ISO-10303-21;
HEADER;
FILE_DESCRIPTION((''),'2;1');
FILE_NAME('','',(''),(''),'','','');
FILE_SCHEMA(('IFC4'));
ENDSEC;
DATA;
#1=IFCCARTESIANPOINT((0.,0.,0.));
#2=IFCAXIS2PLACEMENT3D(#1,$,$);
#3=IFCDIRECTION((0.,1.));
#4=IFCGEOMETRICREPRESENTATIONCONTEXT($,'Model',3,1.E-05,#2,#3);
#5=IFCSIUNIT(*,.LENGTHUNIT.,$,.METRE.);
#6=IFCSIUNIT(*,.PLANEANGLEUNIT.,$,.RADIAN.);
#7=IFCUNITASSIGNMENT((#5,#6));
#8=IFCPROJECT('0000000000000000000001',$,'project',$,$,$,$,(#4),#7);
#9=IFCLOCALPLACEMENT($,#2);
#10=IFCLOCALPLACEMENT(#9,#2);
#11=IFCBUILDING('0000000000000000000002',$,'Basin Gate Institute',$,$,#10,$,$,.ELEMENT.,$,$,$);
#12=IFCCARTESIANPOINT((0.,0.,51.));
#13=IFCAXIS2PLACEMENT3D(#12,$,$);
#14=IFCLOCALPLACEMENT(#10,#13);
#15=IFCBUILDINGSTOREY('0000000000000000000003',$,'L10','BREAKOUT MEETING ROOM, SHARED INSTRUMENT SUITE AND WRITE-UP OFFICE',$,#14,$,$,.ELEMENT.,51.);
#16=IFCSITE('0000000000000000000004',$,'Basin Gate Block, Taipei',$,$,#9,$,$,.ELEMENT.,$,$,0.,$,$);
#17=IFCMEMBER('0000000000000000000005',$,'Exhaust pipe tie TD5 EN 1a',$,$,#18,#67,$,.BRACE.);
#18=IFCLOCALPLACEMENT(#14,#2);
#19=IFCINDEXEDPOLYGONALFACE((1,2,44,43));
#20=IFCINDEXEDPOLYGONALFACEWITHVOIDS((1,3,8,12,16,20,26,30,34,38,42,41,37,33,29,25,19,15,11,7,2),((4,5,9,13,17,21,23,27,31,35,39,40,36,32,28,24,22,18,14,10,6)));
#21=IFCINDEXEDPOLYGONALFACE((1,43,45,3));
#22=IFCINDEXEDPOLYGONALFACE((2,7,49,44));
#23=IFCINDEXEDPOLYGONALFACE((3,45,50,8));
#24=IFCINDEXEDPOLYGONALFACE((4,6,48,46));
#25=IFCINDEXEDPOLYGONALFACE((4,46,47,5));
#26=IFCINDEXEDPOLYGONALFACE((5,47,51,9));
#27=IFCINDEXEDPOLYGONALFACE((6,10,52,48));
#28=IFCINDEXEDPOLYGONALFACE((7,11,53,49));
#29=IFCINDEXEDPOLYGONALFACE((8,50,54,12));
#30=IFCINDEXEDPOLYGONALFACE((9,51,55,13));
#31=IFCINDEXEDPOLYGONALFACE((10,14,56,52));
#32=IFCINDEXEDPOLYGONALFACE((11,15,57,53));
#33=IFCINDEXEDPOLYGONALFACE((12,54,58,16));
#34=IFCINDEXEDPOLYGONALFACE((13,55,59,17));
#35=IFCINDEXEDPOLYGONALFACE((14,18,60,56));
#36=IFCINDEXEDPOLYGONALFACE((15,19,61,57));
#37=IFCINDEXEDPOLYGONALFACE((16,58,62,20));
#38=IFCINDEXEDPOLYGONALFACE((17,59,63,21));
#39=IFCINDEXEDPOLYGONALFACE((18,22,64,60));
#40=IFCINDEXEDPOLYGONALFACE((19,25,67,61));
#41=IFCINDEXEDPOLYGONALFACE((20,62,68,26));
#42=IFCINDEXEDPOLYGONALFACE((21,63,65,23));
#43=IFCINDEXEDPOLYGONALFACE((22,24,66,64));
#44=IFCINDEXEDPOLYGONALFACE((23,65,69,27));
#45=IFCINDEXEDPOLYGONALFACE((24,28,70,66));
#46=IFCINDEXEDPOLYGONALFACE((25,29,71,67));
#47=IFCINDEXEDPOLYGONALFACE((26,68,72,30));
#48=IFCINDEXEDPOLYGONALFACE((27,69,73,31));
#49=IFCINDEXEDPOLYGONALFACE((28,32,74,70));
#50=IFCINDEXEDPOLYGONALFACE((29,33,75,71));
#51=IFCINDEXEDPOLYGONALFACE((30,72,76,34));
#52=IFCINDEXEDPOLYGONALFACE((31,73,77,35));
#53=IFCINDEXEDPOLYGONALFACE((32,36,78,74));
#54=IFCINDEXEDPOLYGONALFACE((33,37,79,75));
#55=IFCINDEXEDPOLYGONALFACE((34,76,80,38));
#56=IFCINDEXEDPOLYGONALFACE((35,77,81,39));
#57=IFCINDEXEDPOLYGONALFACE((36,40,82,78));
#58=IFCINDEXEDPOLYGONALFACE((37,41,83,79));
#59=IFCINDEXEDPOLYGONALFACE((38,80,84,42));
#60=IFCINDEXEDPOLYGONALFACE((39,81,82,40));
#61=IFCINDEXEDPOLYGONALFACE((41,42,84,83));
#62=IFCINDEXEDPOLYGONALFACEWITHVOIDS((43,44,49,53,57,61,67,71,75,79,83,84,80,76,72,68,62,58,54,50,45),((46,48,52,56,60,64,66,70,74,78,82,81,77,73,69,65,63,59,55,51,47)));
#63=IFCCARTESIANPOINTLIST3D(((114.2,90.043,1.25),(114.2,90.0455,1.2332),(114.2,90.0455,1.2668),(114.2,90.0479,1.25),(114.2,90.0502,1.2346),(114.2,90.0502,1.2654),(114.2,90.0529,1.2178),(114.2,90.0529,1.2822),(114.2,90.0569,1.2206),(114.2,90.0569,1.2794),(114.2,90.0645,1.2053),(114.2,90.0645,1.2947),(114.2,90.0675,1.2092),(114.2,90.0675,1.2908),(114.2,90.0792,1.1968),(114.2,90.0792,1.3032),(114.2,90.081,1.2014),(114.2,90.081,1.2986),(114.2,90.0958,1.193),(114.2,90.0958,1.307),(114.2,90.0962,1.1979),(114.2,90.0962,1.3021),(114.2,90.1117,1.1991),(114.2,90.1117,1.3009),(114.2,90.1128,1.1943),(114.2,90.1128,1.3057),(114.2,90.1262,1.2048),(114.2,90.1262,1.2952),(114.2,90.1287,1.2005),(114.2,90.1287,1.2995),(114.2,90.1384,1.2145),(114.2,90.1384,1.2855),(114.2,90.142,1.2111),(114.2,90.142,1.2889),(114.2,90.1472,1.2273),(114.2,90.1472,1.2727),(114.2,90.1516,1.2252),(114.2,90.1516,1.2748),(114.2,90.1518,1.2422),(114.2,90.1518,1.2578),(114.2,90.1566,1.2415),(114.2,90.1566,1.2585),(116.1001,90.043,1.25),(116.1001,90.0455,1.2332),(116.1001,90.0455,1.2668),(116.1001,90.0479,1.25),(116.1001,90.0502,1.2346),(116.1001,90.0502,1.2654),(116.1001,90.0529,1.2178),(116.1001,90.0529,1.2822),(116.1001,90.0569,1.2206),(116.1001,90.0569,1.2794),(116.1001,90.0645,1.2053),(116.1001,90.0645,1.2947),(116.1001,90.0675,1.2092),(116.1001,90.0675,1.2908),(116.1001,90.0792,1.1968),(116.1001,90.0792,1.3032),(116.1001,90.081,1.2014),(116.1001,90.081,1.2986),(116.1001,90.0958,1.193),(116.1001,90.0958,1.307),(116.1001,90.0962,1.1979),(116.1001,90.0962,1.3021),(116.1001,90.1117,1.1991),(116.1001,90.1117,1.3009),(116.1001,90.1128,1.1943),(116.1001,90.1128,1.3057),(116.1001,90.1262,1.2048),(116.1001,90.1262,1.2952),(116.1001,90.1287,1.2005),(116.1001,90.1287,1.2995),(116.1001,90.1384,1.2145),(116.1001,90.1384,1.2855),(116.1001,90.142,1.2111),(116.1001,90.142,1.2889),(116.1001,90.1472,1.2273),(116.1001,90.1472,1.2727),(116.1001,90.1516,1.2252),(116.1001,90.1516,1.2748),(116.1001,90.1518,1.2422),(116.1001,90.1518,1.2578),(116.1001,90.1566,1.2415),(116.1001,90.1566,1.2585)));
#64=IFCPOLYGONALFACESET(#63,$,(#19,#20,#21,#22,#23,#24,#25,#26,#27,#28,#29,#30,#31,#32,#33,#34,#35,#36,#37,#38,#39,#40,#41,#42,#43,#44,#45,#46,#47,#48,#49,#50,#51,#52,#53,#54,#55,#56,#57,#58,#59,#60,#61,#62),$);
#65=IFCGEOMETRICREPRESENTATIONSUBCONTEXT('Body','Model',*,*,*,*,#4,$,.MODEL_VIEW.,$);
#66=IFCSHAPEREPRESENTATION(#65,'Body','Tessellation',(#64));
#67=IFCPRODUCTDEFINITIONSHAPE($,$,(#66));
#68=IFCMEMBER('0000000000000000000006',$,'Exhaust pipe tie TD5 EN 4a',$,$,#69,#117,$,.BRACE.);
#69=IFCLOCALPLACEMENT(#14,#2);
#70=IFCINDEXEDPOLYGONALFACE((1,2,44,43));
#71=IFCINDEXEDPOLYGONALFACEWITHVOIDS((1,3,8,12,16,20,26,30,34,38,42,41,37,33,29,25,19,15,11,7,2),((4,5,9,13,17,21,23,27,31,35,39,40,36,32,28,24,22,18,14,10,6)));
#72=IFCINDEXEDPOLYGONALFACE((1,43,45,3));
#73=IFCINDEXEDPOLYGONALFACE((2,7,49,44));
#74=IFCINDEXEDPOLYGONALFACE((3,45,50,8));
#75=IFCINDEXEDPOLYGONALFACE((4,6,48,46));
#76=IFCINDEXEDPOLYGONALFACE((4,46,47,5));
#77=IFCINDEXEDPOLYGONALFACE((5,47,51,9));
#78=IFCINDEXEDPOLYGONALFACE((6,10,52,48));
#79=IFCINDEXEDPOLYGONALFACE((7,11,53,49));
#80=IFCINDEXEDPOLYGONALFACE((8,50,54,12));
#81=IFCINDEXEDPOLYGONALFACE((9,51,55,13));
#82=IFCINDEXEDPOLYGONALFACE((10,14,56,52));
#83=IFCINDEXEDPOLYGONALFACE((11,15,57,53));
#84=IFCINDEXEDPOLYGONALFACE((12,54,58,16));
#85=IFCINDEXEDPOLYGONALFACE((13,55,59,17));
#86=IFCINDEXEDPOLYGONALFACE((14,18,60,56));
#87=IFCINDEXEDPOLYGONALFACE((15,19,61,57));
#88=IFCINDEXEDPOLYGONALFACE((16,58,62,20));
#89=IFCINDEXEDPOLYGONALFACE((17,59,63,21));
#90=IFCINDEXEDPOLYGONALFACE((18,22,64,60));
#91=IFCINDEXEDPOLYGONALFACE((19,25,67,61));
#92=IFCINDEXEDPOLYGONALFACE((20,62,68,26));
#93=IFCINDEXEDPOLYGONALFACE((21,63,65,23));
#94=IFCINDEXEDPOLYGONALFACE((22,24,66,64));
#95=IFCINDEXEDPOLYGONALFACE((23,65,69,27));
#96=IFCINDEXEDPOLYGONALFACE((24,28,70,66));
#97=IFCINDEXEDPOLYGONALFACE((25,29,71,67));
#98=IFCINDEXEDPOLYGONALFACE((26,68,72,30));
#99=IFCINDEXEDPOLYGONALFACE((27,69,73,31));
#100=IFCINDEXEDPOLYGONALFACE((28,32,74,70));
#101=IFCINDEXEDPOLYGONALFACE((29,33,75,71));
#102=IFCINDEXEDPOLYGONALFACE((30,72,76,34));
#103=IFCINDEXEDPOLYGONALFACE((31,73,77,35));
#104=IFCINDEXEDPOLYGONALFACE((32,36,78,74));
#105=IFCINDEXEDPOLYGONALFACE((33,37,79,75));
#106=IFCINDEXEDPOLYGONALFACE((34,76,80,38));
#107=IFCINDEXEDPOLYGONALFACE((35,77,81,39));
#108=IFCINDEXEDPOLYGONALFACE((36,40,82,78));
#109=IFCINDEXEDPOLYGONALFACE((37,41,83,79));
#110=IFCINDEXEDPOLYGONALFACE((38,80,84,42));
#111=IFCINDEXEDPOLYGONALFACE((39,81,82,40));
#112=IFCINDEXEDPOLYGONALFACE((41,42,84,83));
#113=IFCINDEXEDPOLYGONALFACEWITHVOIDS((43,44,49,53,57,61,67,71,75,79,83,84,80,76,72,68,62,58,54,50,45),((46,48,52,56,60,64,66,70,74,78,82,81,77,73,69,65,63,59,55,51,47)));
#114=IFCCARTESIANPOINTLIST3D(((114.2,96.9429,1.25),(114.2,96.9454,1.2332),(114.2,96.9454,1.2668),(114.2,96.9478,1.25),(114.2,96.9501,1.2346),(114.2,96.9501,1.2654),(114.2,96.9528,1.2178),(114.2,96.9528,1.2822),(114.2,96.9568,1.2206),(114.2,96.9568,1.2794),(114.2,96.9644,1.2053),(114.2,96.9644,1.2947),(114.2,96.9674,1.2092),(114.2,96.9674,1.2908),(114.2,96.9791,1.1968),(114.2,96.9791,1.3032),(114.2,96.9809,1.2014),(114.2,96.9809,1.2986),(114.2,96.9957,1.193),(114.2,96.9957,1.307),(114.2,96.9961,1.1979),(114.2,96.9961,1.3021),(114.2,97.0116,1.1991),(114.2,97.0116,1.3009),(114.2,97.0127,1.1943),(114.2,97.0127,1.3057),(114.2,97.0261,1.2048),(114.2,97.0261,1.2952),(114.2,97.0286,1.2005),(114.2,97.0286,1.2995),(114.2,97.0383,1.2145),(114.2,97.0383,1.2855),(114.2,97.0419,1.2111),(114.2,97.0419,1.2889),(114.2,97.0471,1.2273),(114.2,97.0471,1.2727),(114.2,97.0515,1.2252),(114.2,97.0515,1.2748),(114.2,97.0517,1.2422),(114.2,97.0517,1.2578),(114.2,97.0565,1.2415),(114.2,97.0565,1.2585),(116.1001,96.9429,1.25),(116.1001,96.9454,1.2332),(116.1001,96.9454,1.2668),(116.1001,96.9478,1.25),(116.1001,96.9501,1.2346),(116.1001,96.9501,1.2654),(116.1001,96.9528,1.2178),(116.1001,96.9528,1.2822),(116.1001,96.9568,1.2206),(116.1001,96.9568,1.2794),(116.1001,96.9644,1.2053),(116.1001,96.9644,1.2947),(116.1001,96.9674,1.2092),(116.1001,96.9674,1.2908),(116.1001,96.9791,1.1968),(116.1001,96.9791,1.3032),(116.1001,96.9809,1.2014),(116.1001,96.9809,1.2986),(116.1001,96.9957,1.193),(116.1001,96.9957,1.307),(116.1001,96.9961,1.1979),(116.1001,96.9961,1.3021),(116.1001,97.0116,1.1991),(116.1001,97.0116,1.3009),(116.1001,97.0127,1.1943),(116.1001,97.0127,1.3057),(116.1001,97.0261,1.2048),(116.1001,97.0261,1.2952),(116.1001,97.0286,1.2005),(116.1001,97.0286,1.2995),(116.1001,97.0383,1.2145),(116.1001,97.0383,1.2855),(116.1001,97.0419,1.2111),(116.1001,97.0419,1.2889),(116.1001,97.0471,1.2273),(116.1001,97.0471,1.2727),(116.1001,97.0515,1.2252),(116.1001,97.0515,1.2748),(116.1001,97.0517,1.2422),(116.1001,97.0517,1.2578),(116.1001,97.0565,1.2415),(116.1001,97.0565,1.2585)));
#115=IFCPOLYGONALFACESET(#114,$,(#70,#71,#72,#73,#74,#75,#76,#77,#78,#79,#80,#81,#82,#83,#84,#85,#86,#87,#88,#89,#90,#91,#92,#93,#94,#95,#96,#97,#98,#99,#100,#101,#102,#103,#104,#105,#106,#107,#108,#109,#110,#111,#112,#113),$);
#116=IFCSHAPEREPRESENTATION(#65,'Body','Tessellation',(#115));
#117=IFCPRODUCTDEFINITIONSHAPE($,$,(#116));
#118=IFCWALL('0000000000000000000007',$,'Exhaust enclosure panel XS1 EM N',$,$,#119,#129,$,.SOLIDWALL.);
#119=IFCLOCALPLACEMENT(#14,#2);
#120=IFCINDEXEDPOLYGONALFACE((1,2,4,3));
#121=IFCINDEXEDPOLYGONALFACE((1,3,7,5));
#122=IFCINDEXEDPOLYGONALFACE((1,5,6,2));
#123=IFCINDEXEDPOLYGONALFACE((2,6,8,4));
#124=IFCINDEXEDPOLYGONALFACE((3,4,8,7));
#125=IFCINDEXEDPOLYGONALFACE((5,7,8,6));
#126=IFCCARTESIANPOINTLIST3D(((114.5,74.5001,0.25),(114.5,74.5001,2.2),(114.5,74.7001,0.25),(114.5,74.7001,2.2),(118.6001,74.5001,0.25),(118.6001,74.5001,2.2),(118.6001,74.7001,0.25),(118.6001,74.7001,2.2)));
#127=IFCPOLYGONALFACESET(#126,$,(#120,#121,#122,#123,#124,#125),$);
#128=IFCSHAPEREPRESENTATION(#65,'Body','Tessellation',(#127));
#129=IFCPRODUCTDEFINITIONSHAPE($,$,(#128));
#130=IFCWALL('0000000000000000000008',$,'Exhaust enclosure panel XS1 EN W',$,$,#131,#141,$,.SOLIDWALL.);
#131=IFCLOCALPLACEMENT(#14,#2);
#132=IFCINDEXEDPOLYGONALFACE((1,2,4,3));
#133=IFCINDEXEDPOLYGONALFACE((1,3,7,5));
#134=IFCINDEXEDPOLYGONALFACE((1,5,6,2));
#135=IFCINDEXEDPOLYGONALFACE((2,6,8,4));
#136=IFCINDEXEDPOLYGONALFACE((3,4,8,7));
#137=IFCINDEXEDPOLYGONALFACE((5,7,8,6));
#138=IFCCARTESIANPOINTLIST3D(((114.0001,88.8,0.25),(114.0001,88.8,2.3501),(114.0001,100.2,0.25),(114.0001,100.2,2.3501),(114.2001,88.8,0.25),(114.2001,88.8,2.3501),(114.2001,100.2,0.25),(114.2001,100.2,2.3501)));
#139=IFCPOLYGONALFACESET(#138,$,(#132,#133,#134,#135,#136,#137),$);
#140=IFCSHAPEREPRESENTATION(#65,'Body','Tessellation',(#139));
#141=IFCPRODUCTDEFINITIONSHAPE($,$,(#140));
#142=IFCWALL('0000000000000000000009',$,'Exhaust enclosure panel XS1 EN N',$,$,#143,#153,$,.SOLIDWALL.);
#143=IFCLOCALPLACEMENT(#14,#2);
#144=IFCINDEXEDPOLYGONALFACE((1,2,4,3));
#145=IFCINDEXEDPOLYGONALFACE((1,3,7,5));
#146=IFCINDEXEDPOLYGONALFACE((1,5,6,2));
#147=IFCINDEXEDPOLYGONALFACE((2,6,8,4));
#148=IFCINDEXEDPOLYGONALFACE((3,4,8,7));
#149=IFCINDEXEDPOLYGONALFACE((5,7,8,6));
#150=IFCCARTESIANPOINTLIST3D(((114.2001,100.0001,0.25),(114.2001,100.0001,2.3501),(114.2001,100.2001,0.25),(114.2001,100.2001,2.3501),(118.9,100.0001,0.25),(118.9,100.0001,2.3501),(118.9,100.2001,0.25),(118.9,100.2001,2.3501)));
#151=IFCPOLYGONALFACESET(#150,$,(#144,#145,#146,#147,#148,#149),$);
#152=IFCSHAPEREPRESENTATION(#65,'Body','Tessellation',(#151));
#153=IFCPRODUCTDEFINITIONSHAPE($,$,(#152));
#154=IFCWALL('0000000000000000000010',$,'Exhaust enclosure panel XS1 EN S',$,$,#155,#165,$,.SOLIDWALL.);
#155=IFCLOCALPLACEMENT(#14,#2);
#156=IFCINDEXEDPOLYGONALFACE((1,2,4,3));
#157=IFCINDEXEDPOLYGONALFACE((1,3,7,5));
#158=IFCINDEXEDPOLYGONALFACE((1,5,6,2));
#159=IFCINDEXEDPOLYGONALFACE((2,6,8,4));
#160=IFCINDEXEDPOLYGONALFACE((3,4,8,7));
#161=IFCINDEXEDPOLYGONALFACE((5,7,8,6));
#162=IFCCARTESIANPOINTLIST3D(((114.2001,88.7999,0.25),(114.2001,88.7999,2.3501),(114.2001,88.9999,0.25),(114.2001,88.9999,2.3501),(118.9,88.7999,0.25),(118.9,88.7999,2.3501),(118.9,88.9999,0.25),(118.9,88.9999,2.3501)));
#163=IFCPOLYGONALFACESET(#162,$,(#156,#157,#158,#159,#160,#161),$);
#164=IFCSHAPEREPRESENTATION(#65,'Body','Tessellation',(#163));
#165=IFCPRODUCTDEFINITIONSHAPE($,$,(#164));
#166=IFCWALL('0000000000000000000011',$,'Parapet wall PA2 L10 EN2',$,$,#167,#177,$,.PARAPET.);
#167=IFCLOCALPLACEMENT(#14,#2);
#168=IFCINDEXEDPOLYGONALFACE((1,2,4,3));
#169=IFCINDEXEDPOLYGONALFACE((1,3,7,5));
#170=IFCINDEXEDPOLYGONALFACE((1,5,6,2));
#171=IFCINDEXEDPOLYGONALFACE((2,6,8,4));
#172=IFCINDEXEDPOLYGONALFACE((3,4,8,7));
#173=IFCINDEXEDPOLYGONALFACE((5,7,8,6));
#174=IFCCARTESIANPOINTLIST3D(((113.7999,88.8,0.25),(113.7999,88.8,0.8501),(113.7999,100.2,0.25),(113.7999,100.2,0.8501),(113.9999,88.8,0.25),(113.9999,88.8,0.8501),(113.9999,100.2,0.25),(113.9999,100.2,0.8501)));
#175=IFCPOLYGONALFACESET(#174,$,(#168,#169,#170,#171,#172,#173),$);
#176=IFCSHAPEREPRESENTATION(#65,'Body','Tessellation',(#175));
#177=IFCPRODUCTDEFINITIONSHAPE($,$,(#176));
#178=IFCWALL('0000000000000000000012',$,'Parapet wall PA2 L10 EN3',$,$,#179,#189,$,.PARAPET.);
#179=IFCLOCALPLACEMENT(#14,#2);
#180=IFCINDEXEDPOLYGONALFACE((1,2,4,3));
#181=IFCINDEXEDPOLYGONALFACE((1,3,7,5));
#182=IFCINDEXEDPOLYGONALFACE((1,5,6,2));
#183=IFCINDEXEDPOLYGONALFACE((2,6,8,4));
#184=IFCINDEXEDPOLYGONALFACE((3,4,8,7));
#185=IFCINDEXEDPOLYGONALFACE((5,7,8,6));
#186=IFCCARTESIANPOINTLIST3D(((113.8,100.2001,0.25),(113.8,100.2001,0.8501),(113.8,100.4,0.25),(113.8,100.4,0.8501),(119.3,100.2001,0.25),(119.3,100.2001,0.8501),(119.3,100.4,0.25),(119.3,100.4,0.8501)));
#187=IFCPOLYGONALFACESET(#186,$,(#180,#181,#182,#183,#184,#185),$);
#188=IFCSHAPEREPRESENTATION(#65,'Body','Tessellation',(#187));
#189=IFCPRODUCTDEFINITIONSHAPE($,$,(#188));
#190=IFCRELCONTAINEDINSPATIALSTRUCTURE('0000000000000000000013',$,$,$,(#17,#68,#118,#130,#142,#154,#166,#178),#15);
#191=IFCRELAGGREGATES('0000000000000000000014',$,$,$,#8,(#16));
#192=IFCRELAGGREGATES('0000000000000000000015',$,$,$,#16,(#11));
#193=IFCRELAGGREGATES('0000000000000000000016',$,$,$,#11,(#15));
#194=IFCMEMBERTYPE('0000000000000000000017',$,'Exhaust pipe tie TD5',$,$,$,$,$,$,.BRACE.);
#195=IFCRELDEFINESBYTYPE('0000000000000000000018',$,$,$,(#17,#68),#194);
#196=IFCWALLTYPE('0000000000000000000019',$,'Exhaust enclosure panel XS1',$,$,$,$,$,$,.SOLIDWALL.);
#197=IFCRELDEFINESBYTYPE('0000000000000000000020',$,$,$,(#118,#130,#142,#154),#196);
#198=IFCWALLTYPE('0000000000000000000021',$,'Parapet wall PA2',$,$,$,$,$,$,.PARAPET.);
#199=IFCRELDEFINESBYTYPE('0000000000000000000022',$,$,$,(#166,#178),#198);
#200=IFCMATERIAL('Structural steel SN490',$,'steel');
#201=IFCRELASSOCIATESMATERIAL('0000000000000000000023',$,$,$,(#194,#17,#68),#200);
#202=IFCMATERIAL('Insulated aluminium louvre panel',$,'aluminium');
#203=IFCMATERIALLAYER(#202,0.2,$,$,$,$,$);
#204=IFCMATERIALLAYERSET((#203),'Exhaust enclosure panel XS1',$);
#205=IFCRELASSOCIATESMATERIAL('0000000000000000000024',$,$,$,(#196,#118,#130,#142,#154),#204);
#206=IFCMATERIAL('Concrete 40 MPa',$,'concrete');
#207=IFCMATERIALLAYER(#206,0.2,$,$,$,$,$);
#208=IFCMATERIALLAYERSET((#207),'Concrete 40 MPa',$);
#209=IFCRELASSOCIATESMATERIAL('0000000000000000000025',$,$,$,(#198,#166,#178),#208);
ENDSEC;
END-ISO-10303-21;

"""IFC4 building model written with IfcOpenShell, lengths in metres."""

from ifc_helpers import new_model, si_unit, direction, frame, frame_2d, origin, origin_2d, place, context, subcontext, project, spatial, rectangle, hollow_circle, extrude, material, layer, layer_set, material_profile, profile_set, type_object, element, save


model = new_model("IFC4")

# Units and contexts
model_context = context("Model", 3, precision=1e-05, world=origin(), true_north=direction((0.0, 1.0)))
body_context = subcontext(model_context, "Body", "Model", "MODEL_VIEW")
ifc_project = project(units=[si_unit("LENGTHUNIT", "METRE"), si_unit("PLANEANGLEUNIT", "RADIAN")], contexts=[model_context])

# Site, building, storey
site_placement = place(None, origin())
site = spatial("IfcSite", under=ifc_project, at=site_placement, Name="Basin Gate Block, Taipei", CompositionType="ELEMENT", RefElevation=0.0)
building_placement = place(site_placement, origin())
building = spatial("IfcBuilding", under=site, at=building_placement, Name="Basin Gate Institute", CompositionType="ELEMENT")
storey_placement = place(building_placement, frame((0.0, 0.0, 51.0)))
storey = spatial("IfcBuildingStorey", under=building, at=storey_placement, Name="L10", Description="BREAKOUT MEETING ROOM, SHARED INSTRUMENT SUITE AND WRITE-UP OFFICE", CompositionType="ELEMENT", Elevation=51.0)

# Members
ifc_material_1 = material(Name="Structural steel SN490", Category="steel")
ifc_material_profile_1 = material_profile(ifc_material_1, hollow_circle(Radius=0.0571, WallThickness=0.0049, at=origin_2d()), Name="CHS114x5")
ifc_profile_set_1 = profile_set([ifc_material_profile_1], Name="Structural steel SN490")
member_type_1 = type_object("IfcMemberType", Name="Exhaust pipe tie TD5", PredefinedType="BRACE", material=ifc_profile_set_1)
for number, where, z_axis, x_axis, name in (
    (1, (116.1001, 90.1001, 1.25), (-1.0, 0.0, 0.0), (0.0, -1.0, 0.0), "Exhaust pipe tie TD5 EN 1a"),
    (2, (116.1001, 97.0, 1.25), (-1.0, 0.0, 0.0), (0.0, -1.0, 0.0), "Exhaust pipe tie TD5 EN 4a"),
):
    element("IfcMember", number, at=place(storey_placement, frame(where, z_axis=z_axis, x_axis=x_axis)), inside=storey, type_object=member_type_1, material=ifc_profile_set_1, Name=name, PredefinedType="BRACE", context=body_context, shape_type="SweptSolid", body=[
        extrude(hollow_circle(Radius=0.0571, WallThickness=0.0049, at=origin_2d()), origin(), (0.0, 0.0, 1.0), 1.9001),
    ])

# Walls
ifc_material_2 = material(Name="Insulated aluminium louvre panel", Category="aluminium")
ifc_layer_1 = layer(ifc_material_2, 0.2)
ifc_layer_set_1 = layer_set([ifc_layer_1], Name="Exhaust enclosure panel XS1")
wall_type_1 = type_object("IfcWallType", Name="Exhaust enclosure panel XS1", PredefinedType="SOLIDWALL", material=ifc_layer_set_1)
wall_1_placement = place(storey_placement, frame((114.5, 74.6001, 0.25), z_axis=(0.0, 0.0, 1.0), x_axis=(1.0, 0.0, 0.0)))
element("IfcWall", 3, at=wall_1_placement, inside=storey, type_object=wall_type_1, material=ifc_layer_set_1, Name="Exhaust enclosure panel XS1 EM N", PredefinedType="SOLIDWALL", context=body_context, shape_type="SweptSolid", body=[
    extrude(rectangle(XDim=4.1001, YDim=0.2, at=frame_2d((2.05, 0.0))), origin(), (0.0, 0.0, 1.0), 1.95),
])
wall_2_placement = place(storey_placement, frame((114.1001, 88.8, 0.25), z_axis=(0.0, 0.0, 1.0), x_axis=(0.0, 1.0, 0.0)))
element("IfcWall", 4, at=wall_2_placement, inside=storey, type_object=wall_type_1, material=ifc_layer_set_1, Name="Exhaust enclosure panel XS1 EN W", PredefinedType="SOLIDWALL", context=body_context, shape_type="SweptSolid", body=[
    extrude(rectangle(XDim=11.3999, YDim=0.2, at=frame_2d((5.7, 0.0))), origin(), (0.0, 0.0, 1.0), 2.1001),
])
for number, where, z_axis, x_axis, name in (
    (5, (114.2, 100.1001, 0.25), (0.0, 0.0, 1.0), (1.0, 0.0, 0.0), "Exhaust enclosure panel XS1 EN N"),
    (6, (114.2, 88.8999, 0.25), (0.0, 0.0, 1.0), (1.0, 0.0, 0.0), "Exhaust enclosure panel XS1 EN S"),
):
    element("IfcWall", number, at=place(storey_placement, frame(where, z_axis=z_axis, x_axis=x_axis)), inside=storey, type_object=wall_type_1, material=ifc_layer_set_1, Name=name, PredefinedType="SOLIDWALL", context=body_context, shape_type="SweptSolid", body=[
        extrude(rectangle(XDim=4.7, YDim=0.2, at=frame_2d((2.3501, 0.0))), origin(), (0.0, 0.0, 1.0), 2.1001),
    ])
ifc_material_3 = material(Name="Concrete 40 MPa", Category="concrete")
ifc_layer_2 = layer(ifc_material_3, 0.2)
ifc_layer_set_2 = layer_set([ifc_layer_2], Name="Concrete 40 MPa")
wall_type_2 = type_object("IfcWallType", Name="Parapet wall PA2", PredefinedType="PARAPET", material=ifc_layer_set_2)
wall_3_placement = place(storey_placement, frame((113.8999, 88.8, 0.25), z_axis=(0.0, 0.0, 1.0), x_axis=(0.0, 1.0, 0.0)))
element("IfcWall", 7, at=wall_3_placement, inside=storey, type_object=wall_type_2, material=ifc_layer_set_2, Name="Parapet wall PA2 L10 EN2", PredefinedType="PARAPET", context=body_context, shape_type="SweptSolid", body=[
    extrude(rectangle(XDim=11.3999, YDim=0.2, at=frame_2d((5.7, 0.0))), origin(), (0.0, 0.0, 1.0), 0.6001),
])
wall_4_placement = place(storey_placement, frame((113.8, 100.3, 0.25), z_axis=(0.0, 0.0, 1.0), x_axis=(1.0, 0.0, 0.0)))
element("IfcWall", 8, at=wall_4_placement, inside=storey, type_object=wall_type_2, material=ifc_layer_set_2, Name="Parapet wall PA2 L10 EN3", PredefinedType="PARAPET", context=body_context, shape_type="SweptSolid", body=[
    extrude(rectangle(XDim=5.5, YDim=0.2, at=frame_2d((2.75, 0.0))), origin(), (0.0, 0.0, 1.0), 0.6001),
])

save(model, "model.ifc")
